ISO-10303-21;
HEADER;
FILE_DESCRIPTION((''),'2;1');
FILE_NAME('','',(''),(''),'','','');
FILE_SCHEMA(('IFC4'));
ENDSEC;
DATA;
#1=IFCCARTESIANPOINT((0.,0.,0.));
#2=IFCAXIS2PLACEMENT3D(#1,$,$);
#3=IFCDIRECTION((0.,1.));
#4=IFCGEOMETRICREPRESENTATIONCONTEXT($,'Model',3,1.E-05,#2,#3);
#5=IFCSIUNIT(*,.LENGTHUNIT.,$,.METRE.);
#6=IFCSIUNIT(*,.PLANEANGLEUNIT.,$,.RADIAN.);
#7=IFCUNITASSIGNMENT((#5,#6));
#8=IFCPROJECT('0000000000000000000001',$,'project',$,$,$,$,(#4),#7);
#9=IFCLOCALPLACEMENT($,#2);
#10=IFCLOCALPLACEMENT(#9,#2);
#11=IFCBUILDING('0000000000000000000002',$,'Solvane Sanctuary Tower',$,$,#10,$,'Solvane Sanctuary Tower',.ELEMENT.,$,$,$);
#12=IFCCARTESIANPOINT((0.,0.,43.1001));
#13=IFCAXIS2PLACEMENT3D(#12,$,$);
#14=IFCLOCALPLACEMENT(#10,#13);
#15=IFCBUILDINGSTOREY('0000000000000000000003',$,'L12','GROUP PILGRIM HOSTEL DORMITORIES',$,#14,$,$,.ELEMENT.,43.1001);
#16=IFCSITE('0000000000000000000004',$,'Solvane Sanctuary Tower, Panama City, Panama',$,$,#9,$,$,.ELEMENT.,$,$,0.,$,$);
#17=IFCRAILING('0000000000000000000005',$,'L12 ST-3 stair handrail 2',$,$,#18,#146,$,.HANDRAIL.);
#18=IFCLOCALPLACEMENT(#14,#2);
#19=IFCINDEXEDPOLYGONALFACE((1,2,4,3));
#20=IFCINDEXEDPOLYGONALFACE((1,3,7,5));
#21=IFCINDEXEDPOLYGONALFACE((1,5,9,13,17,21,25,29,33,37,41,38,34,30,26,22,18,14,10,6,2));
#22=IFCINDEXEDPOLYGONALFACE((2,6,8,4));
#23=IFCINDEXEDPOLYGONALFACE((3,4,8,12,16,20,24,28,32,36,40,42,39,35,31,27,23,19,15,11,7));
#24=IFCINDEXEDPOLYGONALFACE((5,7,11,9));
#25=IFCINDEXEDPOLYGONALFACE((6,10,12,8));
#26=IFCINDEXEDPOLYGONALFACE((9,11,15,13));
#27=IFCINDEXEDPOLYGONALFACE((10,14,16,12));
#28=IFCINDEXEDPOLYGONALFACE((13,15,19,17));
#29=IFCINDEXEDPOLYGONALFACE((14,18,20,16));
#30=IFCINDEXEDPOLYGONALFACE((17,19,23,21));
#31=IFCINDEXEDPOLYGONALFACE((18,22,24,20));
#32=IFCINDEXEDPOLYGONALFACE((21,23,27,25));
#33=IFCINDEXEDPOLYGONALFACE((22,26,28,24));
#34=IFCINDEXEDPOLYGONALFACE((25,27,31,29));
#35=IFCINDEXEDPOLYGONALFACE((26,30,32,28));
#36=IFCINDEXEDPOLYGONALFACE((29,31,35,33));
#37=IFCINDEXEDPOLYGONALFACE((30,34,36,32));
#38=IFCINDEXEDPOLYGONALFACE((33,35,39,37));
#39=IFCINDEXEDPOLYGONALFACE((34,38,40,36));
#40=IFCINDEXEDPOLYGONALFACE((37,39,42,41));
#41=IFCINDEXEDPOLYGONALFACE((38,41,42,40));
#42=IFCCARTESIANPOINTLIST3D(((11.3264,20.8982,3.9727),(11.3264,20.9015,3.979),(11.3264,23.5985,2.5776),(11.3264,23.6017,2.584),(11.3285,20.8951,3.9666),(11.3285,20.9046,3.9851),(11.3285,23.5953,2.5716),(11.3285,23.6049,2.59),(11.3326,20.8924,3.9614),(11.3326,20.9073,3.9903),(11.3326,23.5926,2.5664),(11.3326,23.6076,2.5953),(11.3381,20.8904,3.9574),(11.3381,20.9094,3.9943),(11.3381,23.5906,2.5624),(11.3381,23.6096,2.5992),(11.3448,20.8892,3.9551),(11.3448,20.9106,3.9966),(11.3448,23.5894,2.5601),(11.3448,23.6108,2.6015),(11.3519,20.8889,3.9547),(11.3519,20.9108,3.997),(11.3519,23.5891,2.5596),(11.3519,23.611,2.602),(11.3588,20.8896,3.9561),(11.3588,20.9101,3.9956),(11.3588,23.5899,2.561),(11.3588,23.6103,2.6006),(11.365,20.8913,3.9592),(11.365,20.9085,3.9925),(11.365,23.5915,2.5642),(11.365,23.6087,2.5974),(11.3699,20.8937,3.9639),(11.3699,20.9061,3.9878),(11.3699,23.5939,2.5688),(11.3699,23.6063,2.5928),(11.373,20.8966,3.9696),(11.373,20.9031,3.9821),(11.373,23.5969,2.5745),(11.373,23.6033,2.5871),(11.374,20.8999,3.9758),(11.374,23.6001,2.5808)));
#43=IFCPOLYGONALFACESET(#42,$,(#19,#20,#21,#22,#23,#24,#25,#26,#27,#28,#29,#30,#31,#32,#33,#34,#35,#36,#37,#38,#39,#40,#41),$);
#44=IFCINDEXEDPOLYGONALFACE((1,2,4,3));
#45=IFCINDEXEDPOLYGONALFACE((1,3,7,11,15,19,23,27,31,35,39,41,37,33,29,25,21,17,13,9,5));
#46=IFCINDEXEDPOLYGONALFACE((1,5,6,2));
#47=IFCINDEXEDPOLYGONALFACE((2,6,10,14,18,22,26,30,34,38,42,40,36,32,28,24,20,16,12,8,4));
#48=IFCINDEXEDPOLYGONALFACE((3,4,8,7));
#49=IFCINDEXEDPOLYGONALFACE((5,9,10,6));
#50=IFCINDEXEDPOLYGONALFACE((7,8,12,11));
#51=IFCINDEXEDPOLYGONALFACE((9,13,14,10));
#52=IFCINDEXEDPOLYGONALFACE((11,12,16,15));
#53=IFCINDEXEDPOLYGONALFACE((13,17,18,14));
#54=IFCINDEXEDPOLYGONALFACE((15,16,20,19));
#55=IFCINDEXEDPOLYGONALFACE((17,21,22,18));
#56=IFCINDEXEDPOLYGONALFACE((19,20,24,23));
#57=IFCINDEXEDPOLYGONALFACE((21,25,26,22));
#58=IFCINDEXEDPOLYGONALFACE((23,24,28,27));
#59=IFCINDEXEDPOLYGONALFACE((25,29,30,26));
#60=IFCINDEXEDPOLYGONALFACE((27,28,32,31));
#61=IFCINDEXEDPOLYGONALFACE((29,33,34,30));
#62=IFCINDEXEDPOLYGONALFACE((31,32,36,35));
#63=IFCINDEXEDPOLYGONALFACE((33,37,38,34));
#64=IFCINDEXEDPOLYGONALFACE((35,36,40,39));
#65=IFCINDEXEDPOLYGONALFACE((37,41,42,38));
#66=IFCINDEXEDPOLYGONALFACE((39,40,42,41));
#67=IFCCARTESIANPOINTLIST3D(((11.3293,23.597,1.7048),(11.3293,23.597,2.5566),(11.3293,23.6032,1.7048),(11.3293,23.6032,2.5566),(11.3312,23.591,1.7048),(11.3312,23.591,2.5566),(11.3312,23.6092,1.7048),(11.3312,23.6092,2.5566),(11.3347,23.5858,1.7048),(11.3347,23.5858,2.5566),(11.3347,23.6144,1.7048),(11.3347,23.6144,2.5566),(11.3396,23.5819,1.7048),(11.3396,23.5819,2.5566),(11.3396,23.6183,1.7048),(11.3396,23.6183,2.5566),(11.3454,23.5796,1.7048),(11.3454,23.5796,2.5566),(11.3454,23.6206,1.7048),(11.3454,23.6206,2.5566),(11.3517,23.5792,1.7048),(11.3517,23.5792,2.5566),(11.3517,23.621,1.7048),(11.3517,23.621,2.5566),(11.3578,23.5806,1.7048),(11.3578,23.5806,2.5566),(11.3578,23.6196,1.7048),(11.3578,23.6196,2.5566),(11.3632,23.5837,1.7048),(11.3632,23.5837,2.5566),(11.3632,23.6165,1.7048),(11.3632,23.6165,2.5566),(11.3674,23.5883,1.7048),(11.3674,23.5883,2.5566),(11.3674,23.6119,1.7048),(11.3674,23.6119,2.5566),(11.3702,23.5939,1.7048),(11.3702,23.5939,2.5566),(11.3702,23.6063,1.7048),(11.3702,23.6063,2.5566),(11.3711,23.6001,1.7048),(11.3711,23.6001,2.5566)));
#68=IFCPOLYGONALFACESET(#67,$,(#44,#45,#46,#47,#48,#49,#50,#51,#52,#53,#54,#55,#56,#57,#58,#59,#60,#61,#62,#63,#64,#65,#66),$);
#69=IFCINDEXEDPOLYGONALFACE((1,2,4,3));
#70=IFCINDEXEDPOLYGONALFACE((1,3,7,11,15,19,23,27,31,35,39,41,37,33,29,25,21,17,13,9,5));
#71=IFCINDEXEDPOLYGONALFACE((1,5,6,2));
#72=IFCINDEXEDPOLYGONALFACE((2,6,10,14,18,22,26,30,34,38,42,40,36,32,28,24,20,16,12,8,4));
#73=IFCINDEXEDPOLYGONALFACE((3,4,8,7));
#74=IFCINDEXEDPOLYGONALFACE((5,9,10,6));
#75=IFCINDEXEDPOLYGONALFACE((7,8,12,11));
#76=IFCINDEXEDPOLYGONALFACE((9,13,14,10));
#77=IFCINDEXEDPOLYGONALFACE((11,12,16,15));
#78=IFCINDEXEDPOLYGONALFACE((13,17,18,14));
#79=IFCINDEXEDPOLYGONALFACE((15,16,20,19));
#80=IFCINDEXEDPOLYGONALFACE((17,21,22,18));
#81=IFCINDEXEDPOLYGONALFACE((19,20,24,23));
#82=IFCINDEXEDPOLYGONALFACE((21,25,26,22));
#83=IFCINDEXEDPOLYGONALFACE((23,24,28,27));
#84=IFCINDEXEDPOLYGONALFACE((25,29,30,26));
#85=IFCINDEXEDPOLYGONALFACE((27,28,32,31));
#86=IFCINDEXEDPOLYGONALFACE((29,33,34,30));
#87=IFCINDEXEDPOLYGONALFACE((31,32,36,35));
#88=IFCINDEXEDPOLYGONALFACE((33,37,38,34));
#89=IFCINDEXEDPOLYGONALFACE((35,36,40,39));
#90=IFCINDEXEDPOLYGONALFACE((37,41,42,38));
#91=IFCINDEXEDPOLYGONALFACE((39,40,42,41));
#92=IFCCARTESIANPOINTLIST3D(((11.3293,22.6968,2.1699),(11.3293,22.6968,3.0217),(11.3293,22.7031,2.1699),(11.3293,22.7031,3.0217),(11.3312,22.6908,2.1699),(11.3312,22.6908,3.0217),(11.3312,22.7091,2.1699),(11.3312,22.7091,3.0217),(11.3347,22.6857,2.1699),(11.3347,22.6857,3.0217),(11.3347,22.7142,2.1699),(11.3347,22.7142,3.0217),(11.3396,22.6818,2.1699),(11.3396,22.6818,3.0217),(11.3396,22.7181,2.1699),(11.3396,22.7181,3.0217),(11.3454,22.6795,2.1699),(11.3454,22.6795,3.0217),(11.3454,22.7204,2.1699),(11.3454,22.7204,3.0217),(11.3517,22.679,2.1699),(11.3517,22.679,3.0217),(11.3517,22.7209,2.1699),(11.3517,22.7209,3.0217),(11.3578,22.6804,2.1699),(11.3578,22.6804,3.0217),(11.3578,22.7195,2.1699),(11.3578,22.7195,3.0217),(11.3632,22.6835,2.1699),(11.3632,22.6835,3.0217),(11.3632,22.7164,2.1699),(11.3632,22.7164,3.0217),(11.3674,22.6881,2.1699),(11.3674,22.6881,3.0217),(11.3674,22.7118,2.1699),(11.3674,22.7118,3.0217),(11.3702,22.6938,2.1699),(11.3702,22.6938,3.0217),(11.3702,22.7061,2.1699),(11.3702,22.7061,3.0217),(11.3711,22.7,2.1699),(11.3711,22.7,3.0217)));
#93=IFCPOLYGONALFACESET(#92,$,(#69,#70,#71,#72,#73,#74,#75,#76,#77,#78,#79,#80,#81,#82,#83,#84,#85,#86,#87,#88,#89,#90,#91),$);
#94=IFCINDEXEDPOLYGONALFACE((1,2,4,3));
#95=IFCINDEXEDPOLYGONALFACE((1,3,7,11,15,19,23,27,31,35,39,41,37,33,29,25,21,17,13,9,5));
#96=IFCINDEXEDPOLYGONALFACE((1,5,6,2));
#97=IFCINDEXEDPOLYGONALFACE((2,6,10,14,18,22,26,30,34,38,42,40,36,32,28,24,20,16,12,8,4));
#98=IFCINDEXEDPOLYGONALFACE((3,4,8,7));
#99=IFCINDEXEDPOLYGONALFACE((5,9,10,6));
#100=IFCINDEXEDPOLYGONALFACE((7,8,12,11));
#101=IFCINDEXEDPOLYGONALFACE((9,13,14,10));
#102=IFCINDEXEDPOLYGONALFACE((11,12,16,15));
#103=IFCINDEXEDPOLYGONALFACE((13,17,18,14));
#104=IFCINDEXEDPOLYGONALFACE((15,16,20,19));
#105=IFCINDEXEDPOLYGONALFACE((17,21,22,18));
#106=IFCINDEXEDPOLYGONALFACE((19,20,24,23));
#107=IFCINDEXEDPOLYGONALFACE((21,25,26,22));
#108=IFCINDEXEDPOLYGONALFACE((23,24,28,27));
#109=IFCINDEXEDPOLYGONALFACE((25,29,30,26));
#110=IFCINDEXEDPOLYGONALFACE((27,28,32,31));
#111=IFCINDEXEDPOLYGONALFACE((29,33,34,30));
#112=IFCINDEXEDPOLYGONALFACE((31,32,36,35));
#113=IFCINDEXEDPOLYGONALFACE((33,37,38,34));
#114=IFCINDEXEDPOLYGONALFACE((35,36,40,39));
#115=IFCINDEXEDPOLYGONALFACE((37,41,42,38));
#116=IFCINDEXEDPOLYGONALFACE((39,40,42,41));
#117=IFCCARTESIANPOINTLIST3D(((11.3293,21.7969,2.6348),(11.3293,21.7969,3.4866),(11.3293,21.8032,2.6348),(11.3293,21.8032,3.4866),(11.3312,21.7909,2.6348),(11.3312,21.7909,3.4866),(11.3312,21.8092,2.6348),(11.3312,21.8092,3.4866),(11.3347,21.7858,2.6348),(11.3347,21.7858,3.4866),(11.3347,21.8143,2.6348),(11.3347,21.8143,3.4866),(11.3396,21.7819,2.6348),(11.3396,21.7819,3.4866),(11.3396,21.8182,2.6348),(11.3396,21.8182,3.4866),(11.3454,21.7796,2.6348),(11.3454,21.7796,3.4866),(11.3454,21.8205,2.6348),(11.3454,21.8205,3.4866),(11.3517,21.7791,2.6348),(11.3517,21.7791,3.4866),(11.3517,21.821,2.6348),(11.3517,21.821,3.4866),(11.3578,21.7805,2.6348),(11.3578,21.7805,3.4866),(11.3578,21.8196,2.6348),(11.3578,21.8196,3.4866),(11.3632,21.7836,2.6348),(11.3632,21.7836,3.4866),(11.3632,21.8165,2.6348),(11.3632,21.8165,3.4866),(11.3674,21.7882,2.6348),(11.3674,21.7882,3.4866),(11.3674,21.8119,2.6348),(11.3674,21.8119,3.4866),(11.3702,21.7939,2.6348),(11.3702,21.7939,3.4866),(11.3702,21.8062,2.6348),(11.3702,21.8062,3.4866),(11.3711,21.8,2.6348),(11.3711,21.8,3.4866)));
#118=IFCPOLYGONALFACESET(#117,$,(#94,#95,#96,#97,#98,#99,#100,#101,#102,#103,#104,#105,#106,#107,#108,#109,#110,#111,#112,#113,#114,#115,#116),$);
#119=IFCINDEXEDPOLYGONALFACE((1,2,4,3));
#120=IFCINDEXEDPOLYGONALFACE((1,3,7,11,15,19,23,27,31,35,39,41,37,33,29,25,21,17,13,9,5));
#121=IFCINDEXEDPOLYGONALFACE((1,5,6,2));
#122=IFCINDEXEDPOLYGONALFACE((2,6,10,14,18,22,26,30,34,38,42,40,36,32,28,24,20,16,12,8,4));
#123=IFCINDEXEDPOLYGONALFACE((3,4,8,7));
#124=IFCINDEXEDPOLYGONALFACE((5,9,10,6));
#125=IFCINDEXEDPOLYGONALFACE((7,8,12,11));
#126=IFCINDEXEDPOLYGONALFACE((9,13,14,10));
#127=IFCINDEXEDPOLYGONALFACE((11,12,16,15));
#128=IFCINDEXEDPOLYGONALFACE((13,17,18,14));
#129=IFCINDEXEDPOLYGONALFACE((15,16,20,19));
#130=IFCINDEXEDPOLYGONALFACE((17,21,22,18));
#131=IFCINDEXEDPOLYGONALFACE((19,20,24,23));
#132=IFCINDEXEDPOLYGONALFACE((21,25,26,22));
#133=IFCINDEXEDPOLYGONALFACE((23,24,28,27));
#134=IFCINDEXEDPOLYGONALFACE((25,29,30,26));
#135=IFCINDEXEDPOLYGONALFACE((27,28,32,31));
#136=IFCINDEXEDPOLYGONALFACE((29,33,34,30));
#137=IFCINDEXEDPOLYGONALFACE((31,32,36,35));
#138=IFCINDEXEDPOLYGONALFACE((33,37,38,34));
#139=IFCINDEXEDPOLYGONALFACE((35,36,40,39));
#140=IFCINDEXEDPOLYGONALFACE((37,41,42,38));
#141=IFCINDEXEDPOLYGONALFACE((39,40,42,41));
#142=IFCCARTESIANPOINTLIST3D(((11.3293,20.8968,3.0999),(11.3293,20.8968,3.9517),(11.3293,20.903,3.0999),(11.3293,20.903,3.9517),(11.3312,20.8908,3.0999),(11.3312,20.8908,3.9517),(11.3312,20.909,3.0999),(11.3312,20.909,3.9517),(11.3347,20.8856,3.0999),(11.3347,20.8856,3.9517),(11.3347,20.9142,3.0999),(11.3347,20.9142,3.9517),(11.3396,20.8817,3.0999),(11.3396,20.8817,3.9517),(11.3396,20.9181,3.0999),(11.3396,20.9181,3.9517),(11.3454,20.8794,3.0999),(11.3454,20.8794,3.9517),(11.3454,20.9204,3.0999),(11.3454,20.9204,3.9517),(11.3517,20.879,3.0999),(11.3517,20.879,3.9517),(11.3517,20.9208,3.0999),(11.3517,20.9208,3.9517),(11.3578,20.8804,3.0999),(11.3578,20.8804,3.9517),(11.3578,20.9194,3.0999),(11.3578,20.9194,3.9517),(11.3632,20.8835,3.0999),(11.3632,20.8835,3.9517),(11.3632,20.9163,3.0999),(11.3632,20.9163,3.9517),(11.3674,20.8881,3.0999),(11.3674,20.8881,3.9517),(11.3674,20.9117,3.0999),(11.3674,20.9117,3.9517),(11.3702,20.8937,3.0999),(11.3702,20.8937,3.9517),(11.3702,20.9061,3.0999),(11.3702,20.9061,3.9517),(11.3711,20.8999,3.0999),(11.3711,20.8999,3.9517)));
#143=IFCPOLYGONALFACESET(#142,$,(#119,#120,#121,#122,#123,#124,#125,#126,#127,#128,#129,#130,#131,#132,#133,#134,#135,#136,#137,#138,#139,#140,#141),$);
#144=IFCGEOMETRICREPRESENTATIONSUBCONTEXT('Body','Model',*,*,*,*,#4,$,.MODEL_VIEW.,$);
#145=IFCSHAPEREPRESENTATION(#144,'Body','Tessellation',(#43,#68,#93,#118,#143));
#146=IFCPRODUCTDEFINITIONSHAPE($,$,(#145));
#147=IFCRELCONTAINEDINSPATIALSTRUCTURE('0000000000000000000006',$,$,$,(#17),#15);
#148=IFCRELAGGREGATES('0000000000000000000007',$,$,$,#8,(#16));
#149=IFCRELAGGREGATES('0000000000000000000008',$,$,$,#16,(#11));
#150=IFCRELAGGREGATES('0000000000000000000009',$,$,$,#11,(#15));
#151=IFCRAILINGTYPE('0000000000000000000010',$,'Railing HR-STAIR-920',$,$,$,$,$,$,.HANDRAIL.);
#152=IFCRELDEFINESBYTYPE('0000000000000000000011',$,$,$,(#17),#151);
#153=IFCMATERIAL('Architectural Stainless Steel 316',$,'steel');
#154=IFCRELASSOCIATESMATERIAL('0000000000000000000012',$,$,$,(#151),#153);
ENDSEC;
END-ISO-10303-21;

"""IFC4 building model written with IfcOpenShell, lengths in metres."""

from ifc_helpers import new_model, si_unit, direction, frame, origin, origin_2d, place, context, subcontext, project, spatial, circle, extrude, material, type_object, element, save


model = new_model("IFC4")

# Units and contexts
model_context = context("Model", 3, precision=1e-05, world=origin(), true_north=direction((0.0, 1.0)))
body_context = subcontext(model_context, "Body", "Model", "MODEL_VIEW")
ifc_project = project(units=[si_unit("LENGTHUNIT", "METRE"), si_unit("PLANEANGLEUNIT", "RADIAN")], contexts=[model_context])

# Site, building, storey
site_placement = place(None, origin())
site = spatial("IfcSite", under=ifc_project, at=site_placement, Name="Solvane Sanctuary Tower, Panama City, Panama", CompositionType="ELEMENT", RefElevation=0.0)
building_placement = place(site_placement, origin())
building = spatial("IfcBuilding", under=site, at=building_placement, Name="Solvane Sanctuary Tower", LongName="Solvane Sanctuary Tower", CompositionType="ELEMENT")
storey_placement = place(building_placement, frame((0.0, 0.0, 43.1001)))
storey = spatial("IfcBuildingStorey", under=building, at=storey_placement, Name="L12", Description="GROUP PILGRIM HOSTEL DORMITORIES", CompositionType="ELEMENT", Elevation=43.1001)

# Shared definitions
ifc_material_1 = material(Name="Architectural Stainless Steel 316", Category="steel")

# Railing
railing_type_1 = type_object("IfcRailingType", Name="Railing HR-STAIR-920", PredefinedType="HANDRAIL", material=ifc_material_1)
railing_1_placement = place(storey_placement, frame((11.3501, 23.6001, 1.7048)))
element("IfcRailing", 1, at=railing_1_placement, inside=storey, type_object=railing_type_1, Name="L12 ST-3 stair handrail 2", PredefinedType="HANDRAIL", context=body_context, shape_type="SweptSolid", body=[
    extrude(circle(Radius=0.0239, at=origin_2d()), frame((0.0, 0.0, 0.876), z_axis=(0.0, -0.888437, 0.458999), x_axis=(1.0, 0.0, 0.0)), (0.0, 0.0, 1.0), 3.0393),
    extrude(circle(Radius=0.021, at=origin_2d()), origin(), (0.0, 0.0, 1.0), 0.8518),
    extrude(circle(Radius=0.021, at=origin_2d()), frame((0.0, -0.9001, 0.4651)), (0.0, 0.0, 1.0), 0.8518),
    extrude(circle(Radius=0.021, at=origin_2d()), frame((0.0, -1.8, 0.9299)), (0.0, 0.0, 1.0), 0.8518),
    extrude(circle(Radius=0.021, at=origin_2d()), frame((0.0, -2.7002, 1.395)), (0.0, 0.0, 1.0), 0.8518),
])

save(model, "model.ifc")
